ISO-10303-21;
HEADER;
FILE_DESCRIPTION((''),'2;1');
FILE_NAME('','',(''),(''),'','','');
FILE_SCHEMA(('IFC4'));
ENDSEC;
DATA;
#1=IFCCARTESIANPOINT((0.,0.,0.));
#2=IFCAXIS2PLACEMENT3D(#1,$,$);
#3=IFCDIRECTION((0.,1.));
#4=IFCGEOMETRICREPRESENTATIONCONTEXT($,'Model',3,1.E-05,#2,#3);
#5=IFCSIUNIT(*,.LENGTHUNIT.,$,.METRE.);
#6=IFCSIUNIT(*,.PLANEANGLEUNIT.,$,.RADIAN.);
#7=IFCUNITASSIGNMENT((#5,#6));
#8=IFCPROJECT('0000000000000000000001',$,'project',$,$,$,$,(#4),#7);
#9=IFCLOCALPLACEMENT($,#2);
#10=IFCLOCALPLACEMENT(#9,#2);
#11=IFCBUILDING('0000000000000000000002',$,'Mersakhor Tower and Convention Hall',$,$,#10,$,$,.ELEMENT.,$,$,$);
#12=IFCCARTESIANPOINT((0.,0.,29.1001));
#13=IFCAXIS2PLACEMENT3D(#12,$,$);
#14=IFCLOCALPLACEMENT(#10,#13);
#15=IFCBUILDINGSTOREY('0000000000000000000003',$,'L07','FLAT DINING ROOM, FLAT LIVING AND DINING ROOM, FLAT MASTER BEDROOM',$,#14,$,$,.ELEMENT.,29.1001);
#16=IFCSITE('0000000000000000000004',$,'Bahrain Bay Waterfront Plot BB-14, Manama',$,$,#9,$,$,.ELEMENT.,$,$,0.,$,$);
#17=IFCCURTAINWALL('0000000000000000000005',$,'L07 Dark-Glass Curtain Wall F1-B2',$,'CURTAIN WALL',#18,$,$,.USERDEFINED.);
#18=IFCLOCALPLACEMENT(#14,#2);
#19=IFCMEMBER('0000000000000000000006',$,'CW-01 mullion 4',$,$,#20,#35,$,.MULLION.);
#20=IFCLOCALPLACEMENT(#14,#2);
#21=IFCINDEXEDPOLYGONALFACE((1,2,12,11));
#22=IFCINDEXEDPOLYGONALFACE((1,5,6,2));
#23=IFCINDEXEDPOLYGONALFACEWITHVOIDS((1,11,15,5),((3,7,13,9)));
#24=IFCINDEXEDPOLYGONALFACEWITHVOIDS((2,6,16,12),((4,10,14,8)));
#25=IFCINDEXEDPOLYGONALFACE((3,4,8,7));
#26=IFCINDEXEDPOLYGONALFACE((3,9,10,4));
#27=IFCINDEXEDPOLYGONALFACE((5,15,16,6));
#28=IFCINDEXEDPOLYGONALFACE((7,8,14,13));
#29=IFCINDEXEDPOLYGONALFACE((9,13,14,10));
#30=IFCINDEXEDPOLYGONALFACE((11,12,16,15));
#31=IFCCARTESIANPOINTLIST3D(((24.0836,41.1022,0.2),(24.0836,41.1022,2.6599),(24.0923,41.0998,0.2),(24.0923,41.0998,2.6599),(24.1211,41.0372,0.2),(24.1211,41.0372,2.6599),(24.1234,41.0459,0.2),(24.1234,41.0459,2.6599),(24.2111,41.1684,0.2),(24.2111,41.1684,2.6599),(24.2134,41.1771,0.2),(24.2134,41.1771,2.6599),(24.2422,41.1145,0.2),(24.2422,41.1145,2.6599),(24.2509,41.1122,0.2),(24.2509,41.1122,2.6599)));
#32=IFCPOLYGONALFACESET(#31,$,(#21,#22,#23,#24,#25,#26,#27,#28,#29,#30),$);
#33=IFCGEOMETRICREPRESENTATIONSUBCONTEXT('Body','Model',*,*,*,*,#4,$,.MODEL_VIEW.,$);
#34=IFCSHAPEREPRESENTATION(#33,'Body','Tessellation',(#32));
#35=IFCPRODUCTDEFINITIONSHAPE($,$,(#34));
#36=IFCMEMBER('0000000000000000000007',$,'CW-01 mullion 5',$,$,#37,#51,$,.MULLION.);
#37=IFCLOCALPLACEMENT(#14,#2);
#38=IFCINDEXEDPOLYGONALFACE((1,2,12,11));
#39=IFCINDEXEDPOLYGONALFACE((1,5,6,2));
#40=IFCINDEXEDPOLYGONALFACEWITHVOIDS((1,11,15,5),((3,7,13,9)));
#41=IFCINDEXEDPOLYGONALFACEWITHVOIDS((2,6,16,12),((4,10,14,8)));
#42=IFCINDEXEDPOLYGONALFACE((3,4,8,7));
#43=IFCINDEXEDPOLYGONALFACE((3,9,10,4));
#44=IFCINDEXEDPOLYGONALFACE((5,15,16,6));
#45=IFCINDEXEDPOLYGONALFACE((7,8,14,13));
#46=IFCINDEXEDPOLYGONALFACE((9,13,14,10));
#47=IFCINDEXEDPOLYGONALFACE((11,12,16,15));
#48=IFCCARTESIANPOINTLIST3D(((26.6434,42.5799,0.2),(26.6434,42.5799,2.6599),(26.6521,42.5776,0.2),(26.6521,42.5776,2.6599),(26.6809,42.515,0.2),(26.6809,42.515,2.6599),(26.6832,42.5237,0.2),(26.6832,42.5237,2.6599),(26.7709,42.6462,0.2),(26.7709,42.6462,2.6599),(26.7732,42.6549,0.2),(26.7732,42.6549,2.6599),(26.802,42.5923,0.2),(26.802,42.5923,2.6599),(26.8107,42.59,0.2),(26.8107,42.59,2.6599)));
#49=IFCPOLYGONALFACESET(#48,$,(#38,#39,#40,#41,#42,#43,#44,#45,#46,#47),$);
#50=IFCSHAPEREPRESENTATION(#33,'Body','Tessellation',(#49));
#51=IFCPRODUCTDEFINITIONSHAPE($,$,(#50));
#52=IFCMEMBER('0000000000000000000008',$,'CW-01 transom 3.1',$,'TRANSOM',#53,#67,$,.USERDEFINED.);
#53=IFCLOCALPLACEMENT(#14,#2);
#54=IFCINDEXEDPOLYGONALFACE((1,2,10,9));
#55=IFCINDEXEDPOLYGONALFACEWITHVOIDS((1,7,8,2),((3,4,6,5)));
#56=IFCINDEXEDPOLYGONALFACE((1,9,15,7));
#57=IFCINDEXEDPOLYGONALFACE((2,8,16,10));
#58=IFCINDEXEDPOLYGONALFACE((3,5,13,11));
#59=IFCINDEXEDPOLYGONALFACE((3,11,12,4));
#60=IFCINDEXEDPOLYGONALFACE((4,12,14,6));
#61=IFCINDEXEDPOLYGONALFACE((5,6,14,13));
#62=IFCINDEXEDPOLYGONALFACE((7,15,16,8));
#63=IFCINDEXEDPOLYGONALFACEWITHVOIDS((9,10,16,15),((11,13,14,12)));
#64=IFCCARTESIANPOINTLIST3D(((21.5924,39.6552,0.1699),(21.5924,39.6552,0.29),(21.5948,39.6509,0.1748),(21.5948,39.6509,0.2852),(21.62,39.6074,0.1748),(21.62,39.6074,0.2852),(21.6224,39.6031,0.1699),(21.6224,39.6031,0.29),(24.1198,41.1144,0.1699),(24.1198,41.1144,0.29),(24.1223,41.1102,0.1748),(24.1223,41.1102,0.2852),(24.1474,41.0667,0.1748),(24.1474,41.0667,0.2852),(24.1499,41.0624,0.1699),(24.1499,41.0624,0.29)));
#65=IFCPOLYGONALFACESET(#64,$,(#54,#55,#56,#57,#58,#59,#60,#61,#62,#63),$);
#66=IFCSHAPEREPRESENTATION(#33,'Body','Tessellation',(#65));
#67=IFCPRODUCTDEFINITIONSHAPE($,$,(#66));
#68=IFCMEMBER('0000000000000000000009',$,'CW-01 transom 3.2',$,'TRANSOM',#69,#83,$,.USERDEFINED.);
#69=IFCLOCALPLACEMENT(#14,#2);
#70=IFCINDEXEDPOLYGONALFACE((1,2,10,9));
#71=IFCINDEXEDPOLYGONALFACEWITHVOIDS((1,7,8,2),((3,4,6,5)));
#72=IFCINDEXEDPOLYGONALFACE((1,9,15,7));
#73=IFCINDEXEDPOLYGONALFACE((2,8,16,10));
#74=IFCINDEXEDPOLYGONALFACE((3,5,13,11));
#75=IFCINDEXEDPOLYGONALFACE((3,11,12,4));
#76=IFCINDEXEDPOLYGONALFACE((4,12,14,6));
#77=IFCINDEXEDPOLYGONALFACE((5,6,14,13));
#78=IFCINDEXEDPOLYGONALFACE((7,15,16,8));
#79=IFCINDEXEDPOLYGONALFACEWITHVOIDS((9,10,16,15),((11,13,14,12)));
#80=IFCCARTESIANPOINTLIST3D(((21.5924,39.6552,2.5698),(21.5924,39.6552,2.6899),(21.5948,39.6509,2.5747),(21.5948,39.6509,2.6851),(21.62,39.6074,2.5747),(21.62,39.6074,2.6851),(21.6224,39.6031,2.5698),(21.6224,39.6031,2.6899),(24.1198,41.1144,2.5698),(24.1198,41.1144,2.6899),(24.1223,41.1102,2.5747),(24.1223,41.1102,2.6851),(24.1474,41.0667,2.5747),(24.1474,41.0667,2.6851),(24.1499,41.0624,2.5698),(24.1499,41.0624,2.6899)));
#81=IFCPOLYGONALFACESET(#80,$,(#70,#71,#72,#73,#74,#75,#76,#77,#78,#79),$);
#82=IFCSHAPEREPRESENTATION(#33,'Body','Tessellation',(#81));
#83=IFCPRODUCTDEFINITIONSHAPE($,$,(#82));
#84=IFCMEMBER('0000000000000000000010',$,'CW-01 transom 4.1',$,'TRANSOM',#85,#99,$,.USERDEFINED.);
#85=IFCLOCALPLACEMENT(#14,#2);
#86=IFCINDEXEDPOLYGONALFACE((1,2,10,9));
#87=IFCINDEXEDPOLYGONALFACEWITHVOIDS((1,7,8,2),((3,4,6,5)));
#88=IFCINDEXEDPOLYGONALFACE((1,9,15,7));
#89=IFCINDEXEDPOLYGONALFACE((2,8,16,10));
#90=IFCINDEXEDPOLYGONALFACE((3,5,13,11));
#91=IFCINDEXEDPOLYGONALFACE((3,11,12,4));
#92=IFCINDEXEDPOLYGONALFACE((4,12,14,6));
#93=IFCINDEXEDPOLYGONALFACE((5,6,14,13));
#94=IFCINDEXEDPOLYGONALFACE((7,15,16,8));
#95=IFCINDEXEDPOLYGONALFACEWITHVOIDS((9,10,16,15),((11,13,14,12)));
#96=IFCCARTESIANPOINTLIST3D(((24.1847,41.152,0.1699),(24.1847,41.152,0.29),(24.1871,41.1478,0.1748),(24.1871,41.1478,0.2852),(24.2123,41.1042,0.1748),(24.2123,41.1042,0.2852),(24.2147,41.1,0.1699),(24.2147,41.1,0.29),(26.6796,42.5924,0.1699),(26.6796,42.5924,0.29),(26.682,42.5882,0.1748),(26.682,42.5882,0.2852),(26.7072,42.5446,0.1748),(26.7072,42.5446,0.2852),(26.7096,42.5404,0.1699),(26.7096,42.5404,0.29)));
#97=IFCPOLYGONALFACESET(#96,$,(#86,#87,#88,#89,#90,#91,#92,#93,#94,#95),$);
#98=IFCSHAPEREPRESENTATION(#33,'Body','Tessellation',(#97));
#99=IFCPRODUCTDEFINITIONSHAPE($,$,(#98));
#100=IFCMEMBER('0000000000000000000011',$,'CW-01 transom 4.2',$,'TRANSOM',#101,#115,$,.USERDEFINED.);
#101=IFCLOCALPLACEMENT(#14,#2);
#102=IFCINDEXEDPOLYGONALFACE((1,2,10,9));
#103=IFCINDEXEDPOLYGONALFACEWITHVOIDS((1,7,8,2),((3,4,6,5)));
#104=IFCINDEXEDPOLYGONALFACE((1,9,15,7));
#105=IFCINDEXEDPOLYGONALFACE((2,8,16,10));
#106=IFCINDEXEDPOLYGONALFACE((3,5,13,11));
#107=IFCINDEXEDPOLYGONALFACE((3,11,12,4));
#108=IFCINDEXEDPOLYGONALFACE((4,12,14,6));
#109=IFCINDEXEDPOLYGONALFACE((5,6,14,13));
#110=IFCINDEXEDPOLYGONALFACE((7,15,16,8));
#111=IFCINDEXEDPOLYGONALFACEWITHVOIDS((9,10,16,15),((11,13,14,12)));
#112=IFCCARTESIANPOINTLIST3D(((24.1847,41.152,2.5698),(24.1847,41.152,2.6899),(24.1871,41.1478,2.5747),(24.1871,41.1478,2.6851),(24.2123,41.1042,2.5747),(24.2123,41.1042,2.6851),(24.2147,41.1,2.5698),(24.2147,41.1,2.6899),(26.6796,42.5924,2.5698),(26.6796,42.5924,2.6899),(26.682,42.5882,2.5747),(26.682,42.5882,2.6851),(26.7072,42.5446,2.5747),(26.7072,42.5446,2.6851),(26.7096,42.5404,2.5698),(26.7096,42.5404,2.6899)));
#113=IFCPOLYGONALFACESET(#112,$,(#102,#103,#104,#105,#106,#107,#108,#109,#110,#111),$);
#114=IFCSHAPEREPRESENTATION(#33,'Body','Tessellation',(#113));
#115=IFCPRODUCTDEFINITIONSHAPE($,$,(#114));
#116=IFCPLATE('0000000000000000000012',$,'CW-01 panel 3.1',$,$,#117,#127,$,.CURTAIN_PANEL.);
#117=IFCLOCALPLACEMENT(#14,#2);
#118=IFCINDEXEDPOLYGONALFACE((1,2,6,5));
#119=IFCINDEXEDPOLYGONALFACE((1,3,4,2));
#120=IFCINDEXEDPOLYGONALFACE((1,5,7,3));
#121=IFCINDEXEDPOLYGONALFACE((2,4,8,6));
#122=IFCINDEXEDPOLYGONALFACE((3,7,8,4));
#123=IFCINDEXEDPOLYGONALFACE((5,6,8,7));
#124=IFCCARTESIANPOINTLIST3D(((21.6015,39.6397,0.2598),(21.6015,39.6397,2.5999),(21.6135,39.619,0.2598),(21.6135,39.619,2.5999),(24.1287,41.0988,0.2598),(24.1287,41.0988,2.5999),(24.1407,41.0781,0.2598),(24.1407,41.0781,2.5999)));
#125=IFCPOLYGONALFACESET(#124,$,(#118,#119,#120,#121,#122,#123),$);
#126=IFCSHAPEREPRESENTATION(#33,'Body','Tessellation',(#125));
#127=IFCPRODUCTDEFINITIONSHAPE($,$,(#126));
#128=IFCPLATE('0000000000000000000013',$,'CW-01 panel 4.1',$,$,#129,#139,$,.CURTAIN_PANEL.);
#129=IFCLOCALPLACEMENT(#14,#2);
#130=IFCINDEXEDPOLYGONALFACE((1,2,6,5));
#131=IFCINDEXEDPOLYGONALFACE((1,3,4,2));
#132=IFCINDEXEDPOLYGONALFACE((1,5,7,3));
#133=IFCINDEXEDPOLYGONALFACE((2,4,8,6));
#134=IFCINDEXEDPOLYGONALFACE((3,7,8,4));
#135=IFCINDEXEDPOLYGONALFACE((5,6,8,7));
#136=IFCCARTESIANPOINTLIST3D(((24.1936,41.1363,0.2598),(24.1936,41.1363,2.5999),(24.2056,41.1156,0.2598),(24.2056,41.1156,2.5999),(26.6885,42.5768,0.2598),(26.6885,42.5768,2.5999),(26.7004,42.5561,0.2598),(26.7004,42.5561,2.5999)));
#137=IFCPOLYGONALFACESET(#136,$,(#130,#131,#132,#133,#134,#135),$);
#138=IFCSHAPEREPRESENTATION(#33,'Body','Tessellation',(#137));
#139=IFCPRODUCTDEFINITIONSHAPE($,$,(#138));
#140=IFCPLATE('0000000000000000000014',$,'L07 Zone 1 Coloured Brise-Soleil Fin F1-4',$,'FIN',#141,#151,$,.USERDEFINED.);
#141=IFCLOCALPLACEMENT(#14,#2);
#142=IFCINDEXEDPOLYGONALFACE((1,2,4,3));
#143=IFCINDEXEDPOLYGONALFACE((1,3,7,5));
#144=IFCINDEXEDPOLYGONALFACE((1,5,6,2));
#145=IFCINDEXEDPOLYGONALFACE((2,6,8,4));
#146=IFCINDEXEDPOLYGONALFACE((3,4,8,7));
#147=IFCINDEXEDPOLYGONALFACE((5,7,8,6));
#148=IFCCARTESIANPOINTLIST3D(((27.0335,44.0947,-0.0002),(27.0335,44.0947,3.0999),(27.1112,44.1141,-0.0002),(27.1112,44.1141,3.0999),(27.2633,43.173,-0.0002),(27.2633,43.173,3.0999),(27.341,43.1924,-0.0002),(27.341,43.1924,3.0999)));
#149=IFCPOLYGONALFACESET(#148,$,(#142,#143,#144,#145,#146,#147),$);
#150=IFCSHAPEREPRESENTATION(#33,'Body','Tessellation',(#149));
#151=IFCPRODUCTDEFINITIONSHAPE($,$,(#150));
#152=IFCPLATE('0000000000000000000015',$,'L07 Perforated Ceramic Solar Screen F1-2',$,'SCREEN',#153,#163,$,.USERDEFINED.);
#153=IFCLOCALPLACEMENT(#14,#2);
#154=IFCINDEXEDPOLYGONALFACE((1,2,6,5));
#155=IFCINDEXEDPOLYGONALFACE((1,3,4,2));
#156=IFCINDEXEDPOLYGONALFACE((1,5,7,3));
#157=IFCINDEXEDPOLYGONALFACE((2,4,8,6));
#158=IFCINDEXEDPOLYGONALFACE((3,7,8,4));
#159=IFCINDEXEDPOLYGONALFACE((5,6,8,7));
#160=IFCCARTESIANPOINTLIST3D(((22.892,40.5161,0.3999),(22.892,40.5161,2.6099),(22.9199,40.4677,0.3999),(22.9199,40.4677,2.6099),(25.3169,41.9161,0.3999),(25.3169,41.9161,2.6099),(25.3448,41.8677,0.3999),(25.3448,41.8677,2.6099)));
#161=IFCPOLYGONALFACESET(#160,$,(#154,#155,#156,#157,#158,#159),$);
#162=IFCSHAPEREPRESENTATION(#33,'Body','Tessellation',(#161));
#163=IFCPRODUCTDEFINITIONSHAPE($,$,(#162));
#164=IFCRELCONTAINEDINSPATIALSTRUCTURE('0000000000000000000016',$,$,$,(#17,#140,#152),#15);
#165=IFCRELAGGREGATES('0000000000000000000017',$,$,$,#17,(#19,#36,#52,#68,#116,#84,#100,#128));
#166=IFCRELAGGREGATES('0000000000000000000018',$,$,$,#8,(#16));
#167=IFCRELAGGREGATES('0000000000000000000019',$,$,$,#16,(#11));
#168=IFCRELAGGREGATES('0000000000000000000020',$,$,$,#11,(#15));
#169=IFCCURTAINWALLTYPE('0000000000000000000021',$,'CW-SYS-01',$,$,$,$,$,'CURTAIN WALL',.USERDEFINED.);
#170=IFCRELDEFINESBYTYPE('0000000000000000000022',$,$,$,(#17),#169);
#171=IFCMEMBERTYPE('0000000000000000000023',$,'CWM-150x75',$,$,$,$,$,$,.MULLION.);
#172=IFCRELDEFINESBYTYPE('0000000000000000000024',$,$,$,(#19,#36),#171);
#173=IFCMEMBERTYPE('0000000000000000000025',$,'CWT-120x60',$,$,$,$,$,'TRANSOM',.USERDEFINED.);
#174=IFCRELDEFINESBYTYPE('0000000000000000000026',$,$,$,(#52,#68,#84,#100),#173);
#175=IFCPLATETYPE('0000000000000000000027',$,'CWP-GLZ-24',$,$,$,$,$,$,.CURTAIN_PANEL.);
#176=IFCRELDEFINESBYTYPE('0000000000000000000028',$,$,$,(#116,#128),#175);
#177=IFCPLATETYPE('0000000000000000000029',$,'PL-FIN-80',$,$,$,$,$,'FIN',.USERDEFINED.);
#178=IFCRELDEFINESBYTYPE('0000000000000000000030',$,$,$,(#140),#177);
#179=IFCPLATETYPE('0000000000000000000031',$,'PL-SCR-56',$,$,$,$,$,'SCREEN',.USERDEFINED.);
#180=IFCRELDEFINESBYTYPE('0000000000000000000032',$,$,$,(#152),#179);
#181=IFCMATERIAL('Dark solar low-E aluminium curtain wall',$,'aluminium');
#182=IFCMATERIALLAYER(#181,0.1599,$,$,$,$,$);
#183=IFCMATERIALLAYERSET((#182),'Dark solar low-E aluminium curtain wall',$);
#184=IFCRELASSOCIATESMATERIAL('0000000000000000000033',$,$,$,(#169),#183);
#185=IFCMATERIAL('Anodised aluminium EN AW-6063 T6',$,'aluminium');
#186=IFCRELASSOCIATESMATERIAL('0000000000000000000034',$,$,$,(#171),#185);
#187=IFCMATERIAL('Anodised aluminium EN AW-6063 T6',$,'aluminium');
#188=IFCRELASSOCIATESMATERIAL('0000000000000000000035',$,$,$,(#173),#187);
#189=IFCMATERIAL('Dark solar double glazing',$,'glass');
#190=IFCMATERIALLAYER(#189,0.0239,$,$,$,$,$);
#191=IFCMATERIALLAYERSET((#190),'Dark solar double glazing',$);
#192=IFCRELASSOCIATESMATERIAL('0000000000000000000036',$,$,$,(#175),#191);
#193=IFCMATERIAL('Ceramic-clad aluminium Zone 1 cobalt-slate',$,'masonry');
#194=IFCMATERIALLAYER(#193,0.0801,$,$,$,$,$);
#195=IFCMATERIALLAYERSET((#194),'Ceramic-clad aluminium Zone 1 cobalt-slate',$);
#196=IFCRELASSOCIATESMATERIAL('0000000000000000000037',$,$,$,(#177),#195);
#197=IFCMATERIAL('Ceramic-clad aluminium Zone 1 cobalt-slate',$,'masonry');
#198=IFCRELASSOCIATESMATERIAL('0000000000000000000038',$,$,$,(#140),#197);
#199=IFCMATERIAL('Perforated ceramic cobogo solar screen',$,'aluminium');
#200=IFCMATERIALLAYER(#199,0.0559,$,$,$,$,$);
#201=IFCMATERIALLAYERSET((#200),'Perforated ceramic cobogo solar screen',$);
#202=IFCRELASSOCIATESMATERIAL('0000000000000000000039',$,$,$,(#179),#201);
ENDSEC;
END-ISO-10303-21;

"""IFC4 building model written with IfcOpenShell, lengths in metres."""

from ifc_helpers import new_model, si_unit, direction, frame, origin, origin_2d, place, context, subcontext, project, spatial, rectangle, hollow_rectangle, extrude, material, layer, layer_set, material_profile, profile_set, type_object, element, aggregate, save


model = new_model("IFC4")

# Units and contexts
model_context = context("Model", 3, precision=1e-05, world=origin(), true_north=direction((0.0, 1.0)))
body_context = subcontext(model_context, "Body", "Model", "MODEL_VIEW")
ifc_project = project(units=[si_unit("LENGTHUNIT", "METRE"), si_unit("PLANEANGLEUNIT", "RADIAN")], contexts=[model_context])

# Site, building, storey
site_placement = place(None, origin())
site = spatial("IfcSite", under=ifc_project, at=site_placement, Name="Bahrain Bay Waterfront Plot BB-14, Manama", CompositionType="ELEMENT", RefElevation=0.0)
building_placement = place(site_placement, origin())
building = spatial("IfcBuilding", under=site, at=building_placement, Name="Mersakhor Tower and Convention Hall", CompositionType="ELEMENT")
storey_placement = place(building_placement, frame((0.0, 0.0, 29.1001)))
storey = spatial("IfcBuildingStorey", under=building, at=storey_placement, Name="L07", Description="FLAT DINING ROOM, FLAT LIVING AND DINING ROOM, FLAT MASTER BEDROOM", CompositionType="ELEMENT", Elevation=29.1001)

# Curtain wall, members, plates
ifc_material_1 = material(Name="Dark solar low-E aluminium curtain wall", Category="aluminium")
ifc_layer_1 = layer(ifc_material_1, 0.1599)
ifc_layer_set_1 = layer_set([ifc_layer_1], Name="Dark solar low-E aluminium curtain wall")
curtain_wall_type = type_object("IfcCurtainWallType", Name="CW-SYS-01", ElementType="CURTAIN WALL", PredefinedType="USERDEFINED", material=ifc_layer_set_1)
curtain_wall_placement = place(storey_placement, origin())
curtain_wall = element("IfcCurtainWall", 1, at=curtain_wall_placement, inside=storey, type_object=curtain_wall_type, Name="L07 Dark-Glass Curtain Wall F1-B2", ObjectType="CURTAIN WALL", PredefinedType="USERDEFINED")
ifc_material_2 = material(Name="Anodised aluminium EN AW-6063 T6", Category="aluminium")
ifc_material_profile_1 = material_profile(ifc_material_2, hollow_rectangle(XDim=0.075, YDim=0.1499, WallThickness=0.0063, at=origin_2d()), Name="RHS 150x75x6.3")
ifc_profile_set_1 = profile_set([ifc_material_profile_1], Name="Anodised aluminium EN AW-6063 T6")
member_type_1 = type_object("IfcMemberType", Name="CWM-150x75", PredefinedType="MULLION", material=ifc_profile_set_1)
member_1_placement = place(storey_placement, frame((24.1672, 41.1072, 0.2), z_axis=(0.0, 0.0, 1.0), x_axis=(-0.500003, 0.866023, 0.0)))
member_1 = element("IfcMember", 2, at=member_1_placement, type_object=member_type_1, Name="CW-01 mullion 4", PredefinedType="MULLION", context=body_context, shape_type="SweptSolid", body=[
    extrude(hollow_rectangle(XDim=0.075, YDim=0.1499, WallThickness=0.0063, at=origin_2d()), origin(), (0.0, 0.0, 1.0), 2.46),
])
member_2_placement = place(storey_placement, frame((26.7271, 42.585, 0.2), z_axis=(0.0, 0.0, 1.0), x_axis=(-0.500003, 0.866023, 0.0)))
member_2 = element("IfcMember", 3, at=member_2_placement, type_object=member_type_1, Name="CW-01 mullion 5", PredefinedType="MULLION", context=body_context, shape_type="SweptSolid", body=[
    extrude(hollow_rectangle(XDim=0.075, YDim=0.1499, WallThickness=0.0063, at=origin_2d()), origin(), (0.0, 0.0, 1.0), 2.46),
])
ifc_material_3 = material(Name="Anodised aluminium EN AW-6063 T6", Category="aluminium")
ifc_material_profile_2 = material_profile(ifc_material_3, hollow_rectangle(XDim=0.0601, YDim=0.1201, WallThickness=0.0049, at=origin_2d()), Name="RHS 120x60x5")
ifc_profile_set_2 = profile_set([ifc_material_profile_2], Name="Anodised aluminium EN AW-6063 T6")
member_type_2 = type_object("IfcMemberType", Name="CWT-120x60", ElementType="TRANSOM", PredefinedType="USERDEFINED", material=ifc_profile_set_2)
member_3_placement = place(storey_placement, frame((21.6074, 39.6292, 0.23), z_axis=(0.866016, 0.500017, 0.0), x_axis=(-0.500017, 0.866016, 0.0)))
member_3 = element("IfcMember", 4, at=member_3_placement, type_object=member_type_2, Name="CW-01 transom 3.1", ObjectType="TRANSOM", PredefinedType="USERDEFINED", context=body_context, shape_type="SweptSolid", body=[
    extrude(hollow_rectangle(XDim=0.0601, YDim=0.1201, WallThickness=0.0049, at=origin_2d()), origin(), (0.0, 0.0, 1.0), 2.9185),
])
member_4_placement = place(storey_placement, frame((21.6074, 39.6292, 2.6299), z_axis=(0.866016, 0.500017, 0.0), x_axis=(-0.500017, 0.866016, 0.0)))
member_4 = element("IfcMember", 5, at=member_4_placement, type_object=member_type_2, Name="CW-01 transom 3.2", ObjectType="TRANSOM", PredefinedType="USERDEFINED", context=body_context, shape_type="SweptSolid", body=[
    extrude(hollow_rectangle(XDim=0.0601, YDim=0.1201, WallThickness=0.0049, at=origin_2d()), origin(), (0.0, 0.0, 1.0), 2.9185),
])
member_5_placement = place(storey_placement, frame((24.1997, 41.126, 0.23), z_axis=(0.866023, 0.500004, 0.0), x_axis=(-0.500004, 0.866023, 0.0)))
member_5 = element("IfcMember", 6, at=member_5_placement, type_object=member_type_2, Name="CW-01 transom 4.1", ObjectType="TRANSOM", PredefinedType="USERDEFINED", context=body_context, shape_type="SweptSolid", body=[
    extrude(hollow_rectangle(XDim=0.0601, YDim=0.1201, WallThickness=0.0049, at=origin_2d()), origin(), (0.0, 0.0, 1.0), 2.8809),
])
member_6_placement = place(storey_placement, frame((24.1997, 41.126, 2.6299), z_axis=(0.866023, 0.500004, 0.0), x_axis=(-0.500004, 0.866023, 0.0)))
member_6 = element("IfcMember", 7, at=member_6_placement, type_object=member_type_2, Name="CW-01 transom 4.2", ObjectType="TRANSOM", PredefinedType="USERDEFINED", context=body_context, shape_type="SweptSolid", body=[
    extrude(hollow_rectangle(XDim=0.0601, YDim=0.1201, WallThickness=0.0049, at=origin_2d()), origin(), (0.0, 0.0, 1.0), 2.8809),
])
ifc_material_4 = material(Name="Dark solar double glazing", Category="glass")
ifc_layer_2 = layer(ifc_material_4, 0.0239)
ifc_layer_set_2 = layer_set([ifc_layer_2], Name="Dark solar double glazing")
plate_type_1 = type_object("IfcPlateType", Name="CWP-GLZ-24", PredefinedType="CURTAIN_PANEL", material=ifc_layer_set_2)
plate_1_placement = place(storey_placement, frame((22.8711, 40.3589, 0.2598), z_axis=(0.0, 0.0, 1.0), x_axis=(0.866023, 0.500003, 0.0)))
plate_1 = element("IfcPlate", 8, at=plate_1_placement, type_object=plate_type_1, Name="CW-01 panel 3.1", PredefinedType="CURTAIN_PANEL", context=body_context, shape_type="SweptSolid", body=[
    extrude(rectangle(XDim=2.9182, YDim=0.0239, at=origin_2d()), origin(), (0.0, 0.0, 1.0), 2.3401),
])
plate_2_placement = place(storey_placement, frame((25.447, 41.8462, 0.2598), z_axis=(0.0, 0.0, 1.0), x_axis=(0.866023, 0.500003, 0.0)))
plate_2 = element("IfcPlate", 9, at=plate_2_placement, type_object=plate_type_1, Name="CW-01 panel 4.1", PredefinedType="CURTAIN_PANEL", context=body_context, shape_type="SweptSolid", body=[
    extrude(rectangle(XDim=2.8809, YDim=0.0239, at=origin_2d()), origin(), (0.0, 0.0, 1.0), 2.3401),
])
aggregate(curtain_wall, [member_1, member_2, member_3, member_4, plate_1, member_5, member_6, plate_2])

# Plates
ifc_material_5 = material(Name="Ceramic-clad aluminium Zone 1 cobalt-slate", Category="masonry")
ifc_material_6 = material(Name="Ceramic-clad aluminium Zone 1 cobalt-slate", Category="masonry")
ifc_layer_3 = layer(ifc_material_6, 0.0801)
ifc_layer_set_3 = layer_set([ifc_layer_3], Name="Ceramic-clad aluminium Zone 1 cobalt-slate")
plate_type_2 = type_object("IfcPlateType", Name="PL-FIN-80", ElementType="FIN", PredefinedType="USERDEFINED", material=ifc_layer_set_3)
plate_3_placement = place(storey_placement, frame((27.1873, 43.6436, -0.0002), z_axis=(0.0, 0.0, 1.0), x_axis=(-0.241922, 0.970296, 0.0)))
element("IfcPlate", 10, at=plate_3_placement, inside=storey, type_object=plate_type_2, material=ifc_material_5, Name="L07 Zone 1 Coloured Brise-Soleil Fin F1-4", ObjectType="FIN", PredefinedType="USERDEFINED", context=body_context, shape_type="SweptSolid", body=[
    extrude(rectangle(XDim=0.95, YDim=0.0801, at=origin_2d()), origin(), (0.0, 0.0, 1.0), 3.1001),
])
ifc_material_7 = material(Name="Perforated ceramic cobogo solar screen", Category="aluminium")
ifc_layer_4 = layer(ifc_material_7, 0.0559)
ifc_layer_set_4 = layer_set([ifc_layer_4], Name="Perforated ceramic cobogo solar screen")
plate_type_3 = type_object("IfcPlateType", Name="PL-SCR-56", ElementType="SCREEN", PredefinedType="USERDEFINED", material=ifc_layer_set_4)
plate_4_placement = place(storey_placement, frame((24.1184, 41.1919, 0.3999), z_axis=(0.0, 0.0, 1.0), x_axis=(0.866025, 0.5, 0.0)))
element("IfcPlate", 11, at=plate_4_placement, inside=storey, type_object=plate_type_3, Name="L07 Perforated Ceramic Solar Screen F1-2", ObjectType="SCREEN", PredefinedType="USERDEFINED", context=body_context, shape_type="SweptSolid", body=[
    extrude(rectangle(XDim=2.8, YDim=0.0559, at=origin_2d()), origin(), (0.0, 0.0, 1.0), 2.21),
])

save(model, "model.ifc")
